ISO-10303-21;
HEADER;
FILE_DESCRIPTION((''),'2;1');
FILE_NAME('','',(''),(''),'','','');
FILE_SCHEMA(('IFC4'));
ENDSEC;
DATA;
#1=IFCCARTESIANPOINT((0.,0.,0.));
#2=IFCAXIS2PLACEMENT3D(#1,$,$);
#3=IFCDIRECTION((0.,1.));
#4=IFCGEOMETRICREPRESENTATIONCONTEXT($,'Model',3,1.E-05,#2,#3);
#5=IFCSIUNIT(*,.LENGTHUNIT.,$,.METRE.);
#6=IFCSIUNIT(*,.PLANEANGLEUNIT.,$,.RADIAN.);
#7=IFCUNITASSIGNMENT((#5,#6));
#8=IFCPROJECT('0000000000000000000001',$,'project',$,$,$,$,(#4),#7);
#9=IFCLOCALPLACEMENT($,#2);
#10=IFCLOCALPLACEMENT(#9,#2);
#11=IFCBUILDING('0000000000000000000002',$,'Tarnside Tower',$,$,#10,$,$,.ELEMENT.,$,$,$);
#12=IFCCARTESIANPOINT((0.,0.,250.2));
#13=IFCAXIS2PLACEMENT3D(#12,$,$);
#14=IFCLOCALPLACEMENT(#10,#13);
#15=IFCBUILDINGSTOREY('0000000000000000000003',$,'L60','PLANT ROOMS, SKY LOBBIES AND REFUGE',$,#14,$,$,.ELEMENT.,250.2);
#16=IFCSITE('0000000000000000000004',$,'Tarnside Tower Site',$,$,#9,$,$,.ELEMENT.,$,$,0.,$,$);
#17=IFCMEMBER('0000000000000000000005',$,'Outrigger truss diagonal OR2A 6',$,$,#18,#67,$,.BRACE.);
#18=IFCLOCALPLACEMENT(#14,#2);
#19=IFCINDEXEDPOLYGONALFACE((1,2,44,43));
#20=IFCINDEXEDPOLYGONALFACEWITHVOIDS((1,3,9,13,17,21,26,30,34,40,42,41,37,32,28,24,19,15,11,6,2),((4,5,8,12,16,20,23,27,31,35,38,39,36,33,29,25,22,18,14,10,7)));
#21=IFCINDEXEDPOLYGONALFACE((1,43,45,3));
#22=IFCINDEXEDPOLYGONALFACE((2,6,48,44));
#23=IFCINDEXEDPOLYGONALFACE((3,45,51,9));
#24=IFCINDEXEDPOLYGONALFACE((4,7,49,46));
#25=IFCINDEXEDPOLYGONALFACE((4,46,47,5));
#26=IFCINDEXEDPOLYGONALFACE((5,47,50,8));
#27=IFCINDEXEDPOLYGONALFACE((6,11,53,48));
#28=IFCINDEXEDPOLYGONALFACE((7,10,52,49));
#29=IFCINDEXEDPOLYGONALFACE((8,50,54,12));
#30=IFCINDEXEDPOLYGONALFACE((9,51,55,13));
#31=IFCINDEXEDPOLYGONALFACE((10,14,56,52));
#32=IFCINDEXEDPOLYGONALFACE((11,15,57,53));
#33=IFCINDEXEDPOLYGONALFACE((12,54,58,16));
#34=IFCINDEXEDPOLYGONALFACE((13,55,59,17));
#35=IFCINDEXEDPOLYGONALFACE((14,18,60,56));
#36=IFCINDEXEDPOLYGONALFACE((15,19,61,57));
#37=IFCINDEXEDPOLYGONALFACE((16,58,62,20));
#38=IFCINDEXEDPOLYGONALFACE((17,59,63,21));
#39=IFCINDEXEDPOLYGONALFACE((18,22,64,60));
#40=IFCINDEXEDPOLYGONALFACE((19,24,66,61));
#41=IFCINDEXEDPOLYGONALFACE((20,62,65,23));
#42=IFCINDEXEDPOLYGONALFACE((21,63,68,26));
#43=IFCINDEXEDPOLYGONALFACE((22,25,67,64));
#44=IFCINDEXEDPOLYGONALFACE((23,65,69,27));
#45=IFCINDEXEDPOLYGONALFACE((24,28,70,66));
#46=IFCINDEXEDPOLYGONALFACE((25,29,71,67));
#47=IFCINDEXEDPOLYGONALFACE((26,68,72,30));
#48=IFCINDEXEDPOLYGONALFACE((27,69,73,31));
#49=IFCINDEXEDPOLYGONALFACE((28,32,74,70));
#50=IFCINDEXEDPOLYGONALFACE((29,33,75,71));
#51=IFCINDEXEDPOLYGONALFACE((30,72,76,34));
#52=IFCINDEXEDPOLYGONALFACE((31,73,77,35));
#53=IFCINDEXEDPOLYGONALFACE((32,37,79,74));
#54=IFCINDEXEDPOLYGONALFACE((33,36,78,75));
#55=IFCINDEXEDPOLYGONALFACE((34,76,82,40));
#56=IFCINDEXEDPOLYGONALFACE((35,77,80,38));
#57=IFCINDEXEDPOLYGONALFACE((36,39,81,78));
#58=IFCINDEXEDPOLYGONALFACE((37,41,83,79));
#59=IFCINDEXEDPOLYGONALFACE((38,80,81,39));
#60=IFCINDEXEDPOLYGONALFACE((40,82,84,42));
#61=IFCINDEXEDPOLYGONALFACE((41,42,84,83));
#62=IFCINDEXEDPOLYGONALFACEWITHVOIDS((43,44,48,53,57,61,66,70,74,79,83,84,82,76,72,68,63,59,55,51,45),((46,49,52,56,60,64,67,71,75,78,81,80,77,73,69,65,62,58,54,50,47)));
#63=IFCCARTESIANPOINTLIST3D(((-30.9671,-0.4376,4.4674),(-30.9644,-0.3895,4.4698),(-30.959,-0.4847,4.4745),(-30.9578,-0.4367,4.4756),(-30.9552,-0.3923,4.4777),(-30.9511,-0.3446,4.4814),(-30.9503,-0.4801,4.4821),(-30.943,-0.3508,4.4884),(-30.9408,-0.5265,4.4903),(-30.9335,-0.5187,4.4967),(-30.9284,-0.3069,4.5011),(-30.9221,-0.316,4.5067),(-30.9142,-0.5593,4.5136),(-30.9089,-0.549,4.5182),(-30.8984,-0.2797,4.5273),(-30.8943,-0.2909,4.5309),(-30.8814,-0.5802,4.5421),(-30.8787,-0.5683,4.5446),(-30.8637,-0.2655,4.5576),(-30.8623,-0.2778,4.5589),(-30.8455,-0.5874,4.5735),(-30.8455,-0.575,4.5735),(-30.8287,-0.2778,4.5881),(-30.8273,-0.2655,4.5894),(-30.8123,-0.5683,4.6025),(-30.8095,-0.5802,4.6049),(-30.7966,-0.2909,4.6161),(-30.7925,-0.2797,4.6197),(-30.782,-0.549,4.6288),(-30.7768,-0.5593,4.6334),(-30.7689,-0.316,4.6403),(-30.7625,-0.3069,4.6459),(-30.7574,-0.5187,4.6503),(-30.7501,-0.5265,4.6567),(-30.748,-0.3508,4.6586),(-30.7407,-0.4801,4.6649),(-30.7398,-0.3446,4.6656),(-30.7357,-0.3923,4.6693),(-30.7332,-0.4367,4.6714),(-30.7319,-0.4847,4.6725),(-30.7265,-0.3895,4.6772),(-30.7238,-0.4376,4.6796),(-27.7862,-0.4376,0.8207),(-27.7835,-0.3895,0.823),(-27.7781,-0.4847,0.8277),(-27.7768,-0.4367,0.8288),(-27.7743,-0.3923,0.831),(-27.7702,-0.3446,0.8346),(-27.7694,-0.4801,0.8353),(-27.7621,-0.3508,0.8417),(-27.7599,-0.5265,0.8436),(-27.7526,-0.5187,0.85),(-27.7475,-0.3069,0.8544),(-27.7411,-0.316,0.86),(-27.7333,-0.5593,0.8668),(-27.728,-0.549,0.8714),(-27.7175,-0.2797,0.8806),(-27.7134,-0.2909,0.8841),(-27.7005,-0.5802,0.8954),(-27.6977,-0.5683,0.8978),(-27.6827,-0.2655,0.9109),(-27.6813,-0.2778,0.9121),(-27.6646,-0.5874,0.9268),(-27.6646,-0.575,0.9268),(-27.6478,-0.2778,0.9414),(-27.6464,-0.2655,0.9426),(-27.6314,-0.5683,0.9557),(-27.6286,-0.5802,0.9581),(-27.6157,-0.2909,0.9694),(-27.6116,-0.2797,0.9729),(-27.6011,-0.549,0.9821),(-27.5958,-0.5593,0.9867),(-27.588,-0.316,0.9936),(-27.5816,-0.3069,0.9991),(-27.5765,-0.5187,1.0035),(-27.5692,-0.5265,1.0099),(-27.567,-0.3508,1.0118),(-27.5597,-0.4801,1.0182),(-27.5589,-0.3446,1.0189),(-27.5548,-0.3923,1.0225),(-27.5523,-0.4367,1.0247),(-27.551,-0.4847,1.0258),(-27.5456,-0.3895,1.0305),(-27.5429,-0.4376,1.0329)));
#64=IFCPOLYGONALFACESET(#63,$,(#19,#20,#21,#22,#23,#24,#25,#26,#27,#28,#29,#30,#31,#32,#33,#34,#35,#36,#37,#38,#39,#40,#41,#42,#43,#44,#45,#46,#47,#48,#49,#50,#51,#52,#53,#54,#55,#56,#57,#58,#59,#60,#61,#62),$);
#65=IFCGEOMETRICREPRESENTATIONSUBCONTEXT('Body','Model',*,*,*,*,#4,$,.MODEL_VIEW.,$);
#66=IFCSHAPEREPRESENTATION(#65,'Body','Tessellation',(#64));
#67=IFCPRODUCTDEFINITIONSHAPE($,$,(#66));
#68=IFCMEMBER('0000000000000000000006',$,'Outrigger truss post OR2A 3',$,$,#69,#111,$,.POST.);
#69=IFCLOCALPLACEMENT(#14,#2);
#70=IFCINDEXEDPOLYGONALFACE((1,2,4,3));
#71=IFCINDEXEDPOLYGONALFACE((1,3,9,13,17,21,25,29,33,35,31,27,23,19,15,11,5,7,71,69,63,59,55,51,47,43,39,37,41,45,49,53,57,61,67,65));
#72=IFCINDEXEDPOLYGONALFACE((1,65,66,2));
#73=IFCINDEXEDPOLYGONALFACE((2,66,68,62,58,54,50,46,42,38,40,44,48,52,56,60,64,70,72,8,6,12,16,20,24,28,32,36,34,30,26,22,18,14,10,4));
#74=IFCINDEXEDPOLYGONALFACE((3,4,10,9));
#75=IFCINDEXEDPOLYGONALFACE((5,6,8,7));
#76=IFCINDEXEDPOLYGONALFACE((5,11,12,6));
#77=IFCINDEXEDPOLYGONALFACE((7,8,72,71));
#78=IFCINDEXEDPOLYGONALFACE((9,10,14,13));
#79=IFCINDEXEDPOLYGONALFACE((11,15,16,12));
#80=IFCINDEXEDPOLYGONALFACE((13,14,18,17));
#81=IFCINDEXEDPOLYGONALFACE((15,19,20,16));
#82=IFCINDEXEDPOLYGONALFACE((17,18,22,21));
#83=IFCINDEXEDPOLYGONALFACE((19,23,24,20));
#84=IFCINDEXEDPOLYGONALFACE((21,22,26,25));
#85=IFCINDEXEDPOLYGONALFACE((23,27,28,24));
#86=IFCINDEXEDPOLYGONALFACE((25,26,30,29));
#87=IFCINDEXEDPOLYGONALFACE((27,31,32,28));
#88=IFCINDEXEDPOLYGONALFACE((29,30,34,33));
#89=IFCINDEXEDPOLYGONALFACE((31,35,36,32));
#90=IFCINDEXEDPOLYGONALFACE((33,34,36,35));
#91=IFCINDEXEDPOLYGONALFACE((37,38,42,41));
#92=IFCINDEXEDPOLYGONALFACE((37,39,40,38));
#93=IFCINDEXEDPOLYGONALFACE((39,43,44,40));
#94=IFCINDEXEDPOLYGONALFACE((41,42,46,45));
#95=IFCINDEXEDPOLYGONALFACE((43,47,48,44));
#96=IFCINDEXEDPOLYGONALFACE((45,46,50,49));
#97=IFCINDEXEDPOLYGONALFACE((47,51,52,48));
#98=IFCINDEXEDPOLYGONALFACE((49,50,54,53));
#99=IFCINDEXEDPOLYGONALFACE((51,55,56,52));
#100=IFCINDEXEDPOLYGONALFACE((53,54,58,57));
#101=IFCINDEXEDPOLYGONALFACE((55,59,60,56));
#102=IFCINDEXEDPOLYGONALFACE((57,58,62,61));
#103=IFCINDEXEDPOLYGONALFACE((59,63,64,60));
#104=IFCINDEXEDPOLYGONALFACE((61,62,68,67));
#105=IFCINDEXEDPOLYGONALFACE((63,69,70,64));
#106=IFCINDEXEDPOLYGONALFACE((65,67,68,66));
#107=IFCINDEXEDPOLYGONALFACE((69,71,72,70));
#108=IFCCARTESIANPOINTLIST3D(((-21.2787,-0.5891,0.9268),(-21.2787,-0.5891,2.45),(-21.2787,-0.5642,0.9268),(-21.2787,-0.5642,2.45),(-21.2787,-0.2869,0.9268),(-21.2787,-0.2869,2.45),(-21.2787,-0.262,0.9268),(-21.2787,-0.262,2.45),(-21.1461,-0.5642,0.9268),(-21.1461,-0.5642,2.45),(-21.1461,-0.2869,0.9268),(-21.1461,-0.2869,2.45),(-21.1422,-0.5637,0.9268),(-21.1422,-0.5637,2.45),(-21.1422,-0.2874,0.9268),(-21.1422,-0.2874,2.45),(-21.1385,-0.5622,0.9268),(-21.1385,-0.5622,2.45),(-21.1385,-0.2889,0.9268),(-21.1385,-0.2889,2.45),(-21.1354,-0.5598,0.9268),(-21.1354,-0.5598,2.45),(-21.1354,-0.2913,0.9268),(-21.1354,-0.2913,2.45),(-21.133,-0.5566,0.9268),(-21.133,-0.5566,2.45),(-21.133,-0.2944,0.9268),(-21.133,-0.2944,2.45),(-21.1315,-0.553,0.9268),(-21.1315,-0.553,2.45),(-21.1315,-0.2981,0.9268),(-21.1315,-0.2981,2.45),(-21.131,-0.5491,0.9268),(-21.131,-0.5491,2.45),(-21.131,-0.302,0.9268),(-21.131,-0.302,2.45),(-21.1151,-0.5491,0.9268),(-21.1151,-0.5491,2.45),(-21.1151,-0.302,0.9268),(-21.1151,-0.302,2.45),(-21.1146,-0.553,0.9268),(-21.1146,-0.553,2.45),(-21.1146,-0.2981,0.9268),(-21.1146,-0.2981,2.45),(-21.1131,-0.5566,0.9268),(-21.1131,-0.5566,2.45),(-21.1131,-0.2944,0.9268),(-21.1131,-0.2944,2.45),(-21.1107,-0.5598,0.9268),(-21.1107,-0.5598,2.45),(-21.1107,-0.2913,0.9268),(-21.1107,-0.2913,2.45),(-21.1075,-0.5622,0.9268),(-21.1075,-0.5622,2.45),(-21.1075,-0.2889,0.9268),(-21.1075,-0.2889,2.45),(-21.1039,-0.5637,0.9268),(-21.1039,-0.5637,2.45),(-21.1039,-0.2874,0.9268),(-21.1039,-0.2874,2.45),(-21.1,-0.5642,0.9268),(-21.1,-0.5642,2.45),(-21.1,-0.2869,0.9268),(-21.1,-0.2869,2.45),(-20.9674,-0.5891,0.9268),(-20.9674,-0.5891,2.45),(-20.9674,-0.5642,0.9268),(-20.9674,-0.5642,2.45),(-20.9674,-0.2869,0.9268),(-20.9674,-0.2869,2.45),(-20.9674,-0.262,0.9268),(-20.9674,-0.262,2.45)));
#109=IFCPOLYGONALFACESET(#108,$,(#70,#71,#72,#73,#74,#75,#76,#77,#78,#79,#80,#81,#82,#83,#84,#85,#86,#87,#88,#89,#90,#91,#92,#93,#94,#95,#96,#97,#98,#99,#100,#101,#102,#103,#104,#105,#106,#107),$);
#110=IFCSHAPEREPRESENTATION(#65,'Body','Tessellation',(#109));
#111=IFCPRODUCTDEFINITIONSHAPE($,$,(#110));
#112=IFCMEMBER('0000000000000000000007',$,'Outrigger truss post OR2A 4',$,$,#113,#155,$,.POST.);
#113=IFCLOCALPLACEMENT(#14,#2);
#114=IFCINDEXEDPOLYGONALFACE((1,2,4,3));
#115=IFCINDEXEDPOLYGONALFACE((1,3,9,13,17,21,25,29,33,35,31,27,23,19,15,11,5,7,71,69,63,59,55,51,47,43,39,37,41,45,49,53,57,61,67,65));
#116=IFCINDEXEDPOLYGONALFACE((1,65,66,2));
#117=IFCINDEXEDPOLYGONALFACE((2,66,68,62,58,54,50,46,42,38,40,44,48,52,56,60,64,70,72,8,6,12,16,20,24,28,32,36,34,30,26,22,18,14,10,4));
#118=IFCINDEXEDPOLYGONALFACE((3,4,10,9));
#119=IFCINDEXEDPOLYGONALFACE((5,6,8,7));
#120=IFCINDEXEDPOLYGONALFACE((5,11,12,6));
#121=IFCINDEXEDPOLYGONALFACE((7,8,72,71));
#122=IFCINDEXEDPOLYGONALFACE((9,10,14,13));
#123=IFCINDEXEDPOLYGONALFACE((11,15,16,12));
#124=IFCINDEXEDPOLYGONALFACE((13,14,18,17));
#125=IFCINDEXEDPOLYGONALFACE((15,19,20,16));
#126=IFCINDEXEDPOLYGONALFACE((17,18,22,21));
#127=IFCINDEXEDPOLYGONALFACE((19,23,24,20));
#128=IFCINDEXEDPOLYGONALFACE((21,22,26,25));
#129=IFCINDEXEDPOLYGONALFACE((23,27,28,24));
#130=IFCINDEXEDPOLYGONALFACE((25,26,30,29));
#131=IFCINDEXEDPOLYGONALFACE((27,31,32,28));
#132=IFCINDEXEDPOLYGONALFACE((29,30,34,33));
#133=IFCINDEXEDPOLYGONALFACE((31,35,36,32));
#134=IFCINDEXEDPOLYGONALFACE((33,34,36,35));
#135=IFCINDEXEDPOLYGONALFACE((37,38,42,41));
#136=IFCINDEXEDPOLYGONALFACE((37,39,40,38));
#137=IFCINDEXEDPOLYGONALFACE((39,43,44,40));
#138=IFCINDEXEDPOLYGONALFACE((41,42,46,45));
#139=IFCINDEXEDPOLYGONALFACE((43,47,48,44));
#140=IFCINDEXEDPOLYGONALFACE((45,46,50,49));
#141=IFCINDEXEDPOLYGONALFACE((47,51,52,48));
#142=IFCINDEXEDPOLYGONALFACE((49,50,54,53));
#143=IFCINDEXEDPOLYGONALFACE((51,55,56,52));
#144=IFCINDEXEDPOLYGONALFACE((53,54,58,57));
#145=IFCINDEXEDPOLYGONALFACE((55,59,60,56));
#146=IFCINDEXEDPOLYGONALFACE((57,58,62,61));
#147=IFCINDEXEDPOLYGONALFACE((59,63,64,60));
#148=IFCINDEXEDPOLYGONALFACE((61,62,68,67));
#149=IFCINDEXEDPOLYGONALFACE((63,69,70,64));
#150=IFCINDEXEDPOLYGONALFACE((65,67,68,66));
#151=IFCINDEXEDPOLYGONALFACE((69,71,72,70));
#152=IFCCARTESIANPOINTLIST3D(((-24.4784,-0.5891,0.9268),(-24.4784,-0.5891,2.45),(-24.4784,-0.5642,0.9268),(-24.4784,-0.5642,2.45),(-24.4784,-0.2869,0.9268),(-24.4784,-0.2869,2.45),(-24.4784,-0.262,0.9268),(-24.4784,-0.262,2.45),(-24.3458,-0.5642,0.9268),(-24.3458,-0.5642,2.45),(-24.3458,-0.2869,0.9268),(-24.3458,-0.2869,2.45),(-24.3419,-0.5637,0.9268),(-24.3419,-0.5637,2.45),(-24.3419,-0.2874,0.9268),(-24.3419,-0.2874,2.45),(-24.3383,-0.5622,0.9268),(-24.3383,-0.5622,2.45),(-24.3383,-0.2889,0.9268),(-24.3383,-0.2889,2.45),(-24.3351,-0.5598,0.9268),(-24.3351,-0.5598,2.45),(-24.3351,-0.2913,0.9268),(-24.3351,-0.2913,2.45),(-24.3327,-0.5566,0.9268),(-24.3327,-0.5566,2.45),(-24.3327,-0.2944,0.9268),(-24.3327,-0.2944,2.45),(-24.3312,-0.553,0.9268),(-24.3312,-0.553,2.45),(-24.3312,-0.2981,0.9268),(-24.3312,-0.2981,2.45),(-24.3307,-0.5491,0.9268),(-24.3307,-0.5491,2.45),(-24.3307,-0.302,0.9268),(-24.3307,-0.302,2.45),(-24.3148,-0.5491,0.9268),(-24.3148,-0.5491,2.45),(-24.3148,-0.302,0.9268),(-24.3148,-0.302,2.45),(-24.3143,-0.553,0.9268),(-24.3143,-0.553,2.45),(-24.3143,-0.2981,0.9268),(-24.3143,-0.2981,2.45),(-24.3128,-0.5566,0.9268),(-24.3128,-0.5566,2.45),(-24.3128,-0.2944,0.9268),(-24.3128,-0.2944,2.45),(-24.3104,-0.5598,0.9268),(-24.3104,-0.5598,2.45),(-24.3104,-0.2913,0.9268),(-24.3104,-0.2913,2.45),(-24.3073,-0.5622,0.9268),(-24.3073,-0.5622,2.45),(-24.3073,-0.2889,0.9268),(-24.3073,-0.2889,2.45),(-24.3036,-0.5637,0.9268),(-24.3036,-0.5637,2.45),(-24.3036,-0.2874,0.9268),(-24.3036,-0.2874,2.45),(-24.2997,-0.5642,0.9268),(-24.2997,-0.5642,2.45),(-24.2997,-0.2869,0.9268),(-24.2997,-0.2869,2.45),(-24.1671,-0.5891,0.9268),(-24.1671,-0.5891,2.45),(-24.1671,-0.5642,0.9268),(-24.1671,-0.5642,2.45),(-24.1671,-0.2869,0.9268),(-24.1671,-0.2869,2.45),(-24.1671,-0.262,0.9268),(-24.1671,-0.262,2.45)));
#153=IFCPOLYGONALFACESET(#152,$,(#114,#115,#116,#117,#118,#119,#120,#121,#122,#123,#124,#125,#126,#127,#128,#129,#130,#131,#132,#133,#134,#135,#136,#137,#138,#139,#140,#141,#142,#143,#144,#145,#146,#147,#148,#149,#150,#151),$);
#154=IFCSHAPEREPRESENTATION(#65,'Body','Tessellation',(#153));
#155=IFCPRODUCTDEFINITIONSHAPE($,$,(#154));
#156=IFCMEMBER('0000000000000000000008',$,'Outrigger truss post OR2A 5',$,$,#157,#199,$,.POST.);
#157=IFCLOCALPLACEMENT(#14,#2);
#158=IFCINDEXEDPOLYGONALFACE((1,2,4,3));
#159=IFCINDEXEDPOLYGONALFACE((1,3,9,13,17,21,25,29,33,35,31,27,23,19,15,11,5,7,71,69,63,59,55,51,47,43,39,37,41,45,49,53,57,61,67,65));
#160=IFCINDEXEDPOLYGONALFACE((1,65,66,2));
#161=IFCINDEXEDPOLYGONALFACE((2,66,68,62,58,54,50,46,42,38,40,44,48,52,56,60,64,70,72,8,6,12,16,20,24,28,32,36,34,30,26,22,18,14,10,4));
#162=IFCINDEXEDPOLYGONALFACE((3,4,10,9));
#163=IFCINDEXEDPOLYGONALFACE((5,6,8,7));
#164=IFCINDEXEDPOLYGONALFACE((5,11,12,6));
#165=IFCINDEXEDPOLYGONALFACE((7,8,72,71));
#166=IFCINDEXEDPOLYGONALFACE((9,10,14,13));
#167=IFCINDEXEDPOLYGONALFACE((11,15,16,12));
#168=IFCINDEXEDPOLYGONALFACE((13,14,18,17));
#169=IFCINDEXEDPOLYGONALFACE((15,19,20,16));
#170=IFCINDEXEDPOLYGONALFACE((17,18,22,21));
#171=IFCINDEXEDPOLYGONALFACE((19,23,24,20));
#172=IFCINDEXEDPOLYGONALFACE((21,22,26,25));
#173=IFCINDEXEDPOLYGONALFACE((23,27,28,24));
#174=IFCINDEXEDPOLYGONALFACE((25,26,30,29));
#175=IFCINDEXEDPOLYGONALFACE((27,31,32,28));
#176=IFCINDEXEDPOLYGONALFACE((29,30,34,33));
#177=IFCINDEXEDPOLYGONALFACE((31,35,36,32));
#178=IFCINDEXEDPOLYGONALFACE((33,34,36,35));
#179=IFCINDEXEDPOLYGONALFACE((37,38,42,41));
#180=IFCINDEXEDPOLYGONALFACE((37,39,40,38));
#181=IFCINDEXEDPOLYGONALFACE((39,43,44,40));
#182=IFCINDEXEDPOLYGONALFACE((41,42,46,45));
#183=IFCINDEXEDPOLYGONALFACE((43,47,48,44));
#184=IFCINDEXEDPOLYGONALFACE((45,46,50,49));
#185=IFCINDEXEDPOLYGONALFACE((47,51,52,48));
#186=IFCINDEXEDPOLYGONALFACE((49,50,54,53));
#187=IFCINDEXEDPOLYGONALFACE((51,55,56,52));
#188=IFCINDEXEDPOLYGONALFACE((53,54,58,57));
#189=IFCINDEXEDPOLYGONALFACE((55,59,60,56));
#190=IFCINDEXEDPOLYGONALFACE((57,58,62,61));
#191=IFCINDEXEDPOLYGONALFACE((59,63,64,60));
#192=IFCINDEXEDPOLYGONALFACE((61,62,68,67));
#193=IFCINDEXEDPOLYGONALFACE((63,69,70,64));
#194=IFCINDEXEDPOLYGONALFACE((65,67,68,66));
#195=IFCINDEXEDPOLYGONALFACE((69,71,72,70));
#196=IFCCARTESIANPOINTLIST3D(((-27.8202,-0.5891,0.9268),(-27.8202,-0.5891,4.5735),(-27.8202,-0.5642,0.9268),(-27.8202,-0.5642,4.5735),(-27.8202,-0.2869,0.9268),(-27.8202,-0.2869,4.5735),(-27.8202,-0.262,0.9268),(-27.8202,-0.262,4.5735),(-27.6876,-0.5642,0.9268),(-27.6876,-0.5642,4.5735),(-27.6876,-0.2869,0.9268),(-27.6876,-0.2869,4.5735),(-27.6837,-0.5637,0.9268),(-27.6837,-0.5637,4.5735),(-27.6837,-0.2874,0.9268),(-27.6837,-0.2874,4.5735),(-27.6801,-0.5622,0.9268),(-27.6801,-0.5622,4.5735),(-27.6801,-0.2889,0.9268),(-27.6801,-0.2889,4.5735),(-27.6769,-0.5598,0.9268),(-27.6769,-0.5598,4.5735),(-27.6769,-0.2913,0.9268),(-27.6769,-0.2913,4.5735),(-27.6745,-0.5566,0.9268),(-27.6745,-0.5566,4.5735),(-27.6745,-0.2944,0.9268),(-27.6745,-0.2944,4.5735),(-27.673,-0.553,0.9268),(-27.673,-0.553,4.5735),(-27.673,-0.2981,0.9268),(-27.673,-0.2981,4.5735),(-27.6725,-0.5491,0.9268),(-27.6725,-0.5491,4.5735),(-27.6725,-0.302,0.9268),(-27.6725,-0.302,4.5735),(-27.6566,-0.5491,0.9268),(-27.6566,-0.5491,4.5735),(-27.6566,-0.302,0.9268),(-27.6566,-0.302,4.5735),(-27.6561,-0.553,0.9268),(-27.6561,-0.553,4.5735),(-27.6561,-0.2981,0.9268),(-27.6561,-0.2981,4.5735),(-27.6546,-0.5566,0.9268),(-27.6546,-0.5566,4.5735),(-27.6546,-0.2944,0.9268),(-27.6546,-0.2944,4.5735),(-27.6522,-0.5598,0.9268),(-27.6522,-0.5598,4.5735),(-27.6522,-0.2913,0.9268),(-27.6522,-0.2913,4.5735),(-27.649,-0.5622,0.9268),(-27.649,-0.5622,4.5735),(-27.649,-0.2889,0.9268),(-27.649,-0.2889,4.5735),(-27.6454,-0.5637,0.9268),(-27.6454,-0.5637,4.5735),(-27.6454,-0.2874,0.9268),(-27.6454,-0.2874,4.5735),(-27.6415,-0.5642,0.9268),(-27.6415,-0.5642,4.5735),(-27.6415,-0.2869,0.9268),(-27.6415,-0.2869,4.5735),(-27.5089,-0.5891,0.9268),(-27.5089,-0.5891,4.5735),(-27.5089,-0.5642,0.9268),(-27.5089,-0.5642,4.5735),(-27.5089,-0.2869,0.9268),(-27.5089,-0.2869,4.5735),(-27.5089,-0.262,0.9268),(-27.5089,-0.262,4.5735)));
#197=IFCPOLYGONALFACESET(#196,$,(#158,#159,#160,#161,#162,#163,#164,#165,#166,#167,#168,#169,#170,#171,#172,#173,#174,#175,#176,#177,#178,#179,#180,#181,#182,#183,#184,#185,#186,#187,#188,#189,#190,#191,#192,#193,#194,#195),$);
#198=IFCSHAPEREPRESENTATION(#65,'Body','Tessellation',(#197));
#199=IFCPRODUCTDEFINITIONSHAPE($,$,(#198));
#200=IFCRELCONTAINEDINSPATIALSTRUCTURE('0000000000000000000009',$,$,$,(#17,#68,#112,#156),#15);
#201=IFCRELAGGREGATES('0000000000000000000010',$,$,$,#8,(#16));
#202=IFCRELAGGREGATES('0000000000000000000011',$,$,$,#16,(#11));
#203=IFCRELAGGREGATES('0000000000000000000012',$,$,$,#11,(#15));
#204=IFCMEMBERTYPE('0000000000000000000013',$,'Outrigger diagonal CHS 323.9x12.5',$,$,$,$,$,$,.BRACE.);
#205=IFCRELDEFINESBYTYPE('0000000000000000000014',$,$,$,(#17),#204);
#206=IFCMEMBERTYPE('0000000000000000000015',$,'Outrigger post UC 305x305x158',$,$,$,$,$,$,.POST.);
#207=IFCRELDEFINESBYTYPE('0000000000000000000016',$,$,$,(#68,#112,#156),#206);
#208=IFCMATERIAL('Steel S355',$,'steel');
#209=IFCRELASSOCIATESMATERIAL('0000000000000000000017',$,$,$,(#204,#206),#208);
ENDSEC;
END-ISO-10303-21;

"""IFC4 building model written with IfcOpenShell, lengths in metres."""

from ifc_helpers import new_model, si_unit, direction, frame, origin, origin_2d, place, context, subcontext, project, spatial, hollow_circle, i_section, extrude, material, material_profile, profile_set, type_object, element, save


model = new_model("IFC4")

# Units and contexts
model_context = context("Model", 3, precision=1e-05, world=origin(), true_north=direction((0.0, 1.0)))
body_context = subcontext(model_context, "Body", "Model", "MODEL_VIEW")
ifc_project = project(units=[si_unit("LENGTHUNIT", "METRE"), si_unit("PLANEANGLEUNIT", "RADIAN")], contexts=[model_context])

# Site, building, storey
site_placement = place(None, origin())
site = spatial("IfcSite", under=ifc_project, at=site_placement, Name="Tarnside Tower Site", CompositionType="ELEMENT", RefElevation=0.0)
building_placement = place(site_placement, origin())
building = spatial("IfcBuilding", under=site, at=building_placement, Name="Tarnside Tower", CompositionType="ELEMENT")
storey_placement = place(building_placement, frame((0.0, 0.0, 250.2)))
storey = spatial("IfcBuildingStorey", under=building, at=storey_placement, Name="L60", Description="PLANT ROOMS, SKY LOBBIES AND REFUGE", CompositionType="ELEMENT", Elevation=250.2)

# Shared definitions
ifc_material_1 = material(Name="Steel S355", Category="steel")

# Members
ifc_material_profile_1 = material_profile(ifc_material_1, hollow_circle(Radius=0.1619, WallThickness=0.0125, at=origin_2d()), Name="CHS 323.9x12.5")
ifc_profile_set_1 = profile_set([ifc_material_profile_1], Name="Steel S355")
member_type_1 = type_object("IfcMemberType", Name="Outrigger diagonal CHS 323.9x12.5", PredefinedType="BRACE", material=ifc_profile_set_1)
member_1_placement = place(storey_placement, frame((-27.6646, -0.4255, 0.9268), z_axis=(-0.657336, 0.0, 0.753598), x_axis=(0.0, -1.0, 0.0)))
element("IfcMember", 1, at=member_1_placement, inside=storey, type_object=member_type_1, Name="Outrigger truss diagonal OR2A 6", PredefinedType="BRACE", context=body_context, shape_type="SweptSolid", body=[
    extrude(hollow_circle(Radius=0.1619, WallThickness=0.0125, at=origin_2d()), origin(), (0.0, 0.0, 1.0), 4.8391),
])
ifc_material_profile_2 = material_profile(ifc_material_1, i_section(OverallWidth=0.3113, OverallDepth=0.3271, WebThickness=0.0159, FlangeThickness=0.0249, FilletRadius=0.0151, at=origin_2d()), Name="UC 305x305x158")
ifc_profile_set_2 = profile_set([ifc_material_profile_2], Name="Steel S355")
member_type_2 = type_object("IfcMemberType", Name="Outrigger post UC 305x305x158", PredefinedType="POST", material=ifc_profile_set_2)
for number, where, z_axis, x_axis, name in (
    (2, (-21.123, -0.4255, 0.9268), (0.0, 0.0, 1.0), (-1.0, 0.0, 0.0), "Outrigger truss post OR2A 3"),
    (3, (-24.3228, -0.4255, 0.9268), (0.0, 0.0, 1.0), (-1.0, 0.0, 0.0), "Outrigger truss post OR2A 4"),
):
    element("IfcMember", number, at=place(storey_placement, frame(where, z_axis=z_axis, x_axis=x_axis)), inside=storey, type_object=member_type_2, Name=name, PredefinedType="POST", context=body_context, shape_type="SweptSolid", body=[
        extrude(i_section(OverallWidth=0.3113, OverallDepth=0.3271, WebThickness=0.0159, FlangeThickness=0.0249, FilletRadius=0.0151, at=origin_2d()), origin(), (0.0, 0.0, 1.0), 1.5232),
    ])
member_2_placement = place(storey_placement, frame((-27.6646, -0.4255, 0.9268), z_axis=(0.0, 0.0, 1.0), x_axis=(-1.0, 0.0, 0.0)))
element("IfcMember", 4, at=member_2_placement, inside=storey, type_object=member_type_2, Name="Outrigger truss post OR2A 5", PredefinedType="POST", context=body_context, shape_type="SweptSolid", body=[
    extrude(i_section(OverallWidth=0.3113, OverallDepth=0.3271, WebThickness=0.0159, FlangeThickness=0.0249, FilletRadius=0.0151, at=origin_2d()), origin(), (0.0, 0.0, 1.0), 3.6467),
])

save(model, "model.ifc")
